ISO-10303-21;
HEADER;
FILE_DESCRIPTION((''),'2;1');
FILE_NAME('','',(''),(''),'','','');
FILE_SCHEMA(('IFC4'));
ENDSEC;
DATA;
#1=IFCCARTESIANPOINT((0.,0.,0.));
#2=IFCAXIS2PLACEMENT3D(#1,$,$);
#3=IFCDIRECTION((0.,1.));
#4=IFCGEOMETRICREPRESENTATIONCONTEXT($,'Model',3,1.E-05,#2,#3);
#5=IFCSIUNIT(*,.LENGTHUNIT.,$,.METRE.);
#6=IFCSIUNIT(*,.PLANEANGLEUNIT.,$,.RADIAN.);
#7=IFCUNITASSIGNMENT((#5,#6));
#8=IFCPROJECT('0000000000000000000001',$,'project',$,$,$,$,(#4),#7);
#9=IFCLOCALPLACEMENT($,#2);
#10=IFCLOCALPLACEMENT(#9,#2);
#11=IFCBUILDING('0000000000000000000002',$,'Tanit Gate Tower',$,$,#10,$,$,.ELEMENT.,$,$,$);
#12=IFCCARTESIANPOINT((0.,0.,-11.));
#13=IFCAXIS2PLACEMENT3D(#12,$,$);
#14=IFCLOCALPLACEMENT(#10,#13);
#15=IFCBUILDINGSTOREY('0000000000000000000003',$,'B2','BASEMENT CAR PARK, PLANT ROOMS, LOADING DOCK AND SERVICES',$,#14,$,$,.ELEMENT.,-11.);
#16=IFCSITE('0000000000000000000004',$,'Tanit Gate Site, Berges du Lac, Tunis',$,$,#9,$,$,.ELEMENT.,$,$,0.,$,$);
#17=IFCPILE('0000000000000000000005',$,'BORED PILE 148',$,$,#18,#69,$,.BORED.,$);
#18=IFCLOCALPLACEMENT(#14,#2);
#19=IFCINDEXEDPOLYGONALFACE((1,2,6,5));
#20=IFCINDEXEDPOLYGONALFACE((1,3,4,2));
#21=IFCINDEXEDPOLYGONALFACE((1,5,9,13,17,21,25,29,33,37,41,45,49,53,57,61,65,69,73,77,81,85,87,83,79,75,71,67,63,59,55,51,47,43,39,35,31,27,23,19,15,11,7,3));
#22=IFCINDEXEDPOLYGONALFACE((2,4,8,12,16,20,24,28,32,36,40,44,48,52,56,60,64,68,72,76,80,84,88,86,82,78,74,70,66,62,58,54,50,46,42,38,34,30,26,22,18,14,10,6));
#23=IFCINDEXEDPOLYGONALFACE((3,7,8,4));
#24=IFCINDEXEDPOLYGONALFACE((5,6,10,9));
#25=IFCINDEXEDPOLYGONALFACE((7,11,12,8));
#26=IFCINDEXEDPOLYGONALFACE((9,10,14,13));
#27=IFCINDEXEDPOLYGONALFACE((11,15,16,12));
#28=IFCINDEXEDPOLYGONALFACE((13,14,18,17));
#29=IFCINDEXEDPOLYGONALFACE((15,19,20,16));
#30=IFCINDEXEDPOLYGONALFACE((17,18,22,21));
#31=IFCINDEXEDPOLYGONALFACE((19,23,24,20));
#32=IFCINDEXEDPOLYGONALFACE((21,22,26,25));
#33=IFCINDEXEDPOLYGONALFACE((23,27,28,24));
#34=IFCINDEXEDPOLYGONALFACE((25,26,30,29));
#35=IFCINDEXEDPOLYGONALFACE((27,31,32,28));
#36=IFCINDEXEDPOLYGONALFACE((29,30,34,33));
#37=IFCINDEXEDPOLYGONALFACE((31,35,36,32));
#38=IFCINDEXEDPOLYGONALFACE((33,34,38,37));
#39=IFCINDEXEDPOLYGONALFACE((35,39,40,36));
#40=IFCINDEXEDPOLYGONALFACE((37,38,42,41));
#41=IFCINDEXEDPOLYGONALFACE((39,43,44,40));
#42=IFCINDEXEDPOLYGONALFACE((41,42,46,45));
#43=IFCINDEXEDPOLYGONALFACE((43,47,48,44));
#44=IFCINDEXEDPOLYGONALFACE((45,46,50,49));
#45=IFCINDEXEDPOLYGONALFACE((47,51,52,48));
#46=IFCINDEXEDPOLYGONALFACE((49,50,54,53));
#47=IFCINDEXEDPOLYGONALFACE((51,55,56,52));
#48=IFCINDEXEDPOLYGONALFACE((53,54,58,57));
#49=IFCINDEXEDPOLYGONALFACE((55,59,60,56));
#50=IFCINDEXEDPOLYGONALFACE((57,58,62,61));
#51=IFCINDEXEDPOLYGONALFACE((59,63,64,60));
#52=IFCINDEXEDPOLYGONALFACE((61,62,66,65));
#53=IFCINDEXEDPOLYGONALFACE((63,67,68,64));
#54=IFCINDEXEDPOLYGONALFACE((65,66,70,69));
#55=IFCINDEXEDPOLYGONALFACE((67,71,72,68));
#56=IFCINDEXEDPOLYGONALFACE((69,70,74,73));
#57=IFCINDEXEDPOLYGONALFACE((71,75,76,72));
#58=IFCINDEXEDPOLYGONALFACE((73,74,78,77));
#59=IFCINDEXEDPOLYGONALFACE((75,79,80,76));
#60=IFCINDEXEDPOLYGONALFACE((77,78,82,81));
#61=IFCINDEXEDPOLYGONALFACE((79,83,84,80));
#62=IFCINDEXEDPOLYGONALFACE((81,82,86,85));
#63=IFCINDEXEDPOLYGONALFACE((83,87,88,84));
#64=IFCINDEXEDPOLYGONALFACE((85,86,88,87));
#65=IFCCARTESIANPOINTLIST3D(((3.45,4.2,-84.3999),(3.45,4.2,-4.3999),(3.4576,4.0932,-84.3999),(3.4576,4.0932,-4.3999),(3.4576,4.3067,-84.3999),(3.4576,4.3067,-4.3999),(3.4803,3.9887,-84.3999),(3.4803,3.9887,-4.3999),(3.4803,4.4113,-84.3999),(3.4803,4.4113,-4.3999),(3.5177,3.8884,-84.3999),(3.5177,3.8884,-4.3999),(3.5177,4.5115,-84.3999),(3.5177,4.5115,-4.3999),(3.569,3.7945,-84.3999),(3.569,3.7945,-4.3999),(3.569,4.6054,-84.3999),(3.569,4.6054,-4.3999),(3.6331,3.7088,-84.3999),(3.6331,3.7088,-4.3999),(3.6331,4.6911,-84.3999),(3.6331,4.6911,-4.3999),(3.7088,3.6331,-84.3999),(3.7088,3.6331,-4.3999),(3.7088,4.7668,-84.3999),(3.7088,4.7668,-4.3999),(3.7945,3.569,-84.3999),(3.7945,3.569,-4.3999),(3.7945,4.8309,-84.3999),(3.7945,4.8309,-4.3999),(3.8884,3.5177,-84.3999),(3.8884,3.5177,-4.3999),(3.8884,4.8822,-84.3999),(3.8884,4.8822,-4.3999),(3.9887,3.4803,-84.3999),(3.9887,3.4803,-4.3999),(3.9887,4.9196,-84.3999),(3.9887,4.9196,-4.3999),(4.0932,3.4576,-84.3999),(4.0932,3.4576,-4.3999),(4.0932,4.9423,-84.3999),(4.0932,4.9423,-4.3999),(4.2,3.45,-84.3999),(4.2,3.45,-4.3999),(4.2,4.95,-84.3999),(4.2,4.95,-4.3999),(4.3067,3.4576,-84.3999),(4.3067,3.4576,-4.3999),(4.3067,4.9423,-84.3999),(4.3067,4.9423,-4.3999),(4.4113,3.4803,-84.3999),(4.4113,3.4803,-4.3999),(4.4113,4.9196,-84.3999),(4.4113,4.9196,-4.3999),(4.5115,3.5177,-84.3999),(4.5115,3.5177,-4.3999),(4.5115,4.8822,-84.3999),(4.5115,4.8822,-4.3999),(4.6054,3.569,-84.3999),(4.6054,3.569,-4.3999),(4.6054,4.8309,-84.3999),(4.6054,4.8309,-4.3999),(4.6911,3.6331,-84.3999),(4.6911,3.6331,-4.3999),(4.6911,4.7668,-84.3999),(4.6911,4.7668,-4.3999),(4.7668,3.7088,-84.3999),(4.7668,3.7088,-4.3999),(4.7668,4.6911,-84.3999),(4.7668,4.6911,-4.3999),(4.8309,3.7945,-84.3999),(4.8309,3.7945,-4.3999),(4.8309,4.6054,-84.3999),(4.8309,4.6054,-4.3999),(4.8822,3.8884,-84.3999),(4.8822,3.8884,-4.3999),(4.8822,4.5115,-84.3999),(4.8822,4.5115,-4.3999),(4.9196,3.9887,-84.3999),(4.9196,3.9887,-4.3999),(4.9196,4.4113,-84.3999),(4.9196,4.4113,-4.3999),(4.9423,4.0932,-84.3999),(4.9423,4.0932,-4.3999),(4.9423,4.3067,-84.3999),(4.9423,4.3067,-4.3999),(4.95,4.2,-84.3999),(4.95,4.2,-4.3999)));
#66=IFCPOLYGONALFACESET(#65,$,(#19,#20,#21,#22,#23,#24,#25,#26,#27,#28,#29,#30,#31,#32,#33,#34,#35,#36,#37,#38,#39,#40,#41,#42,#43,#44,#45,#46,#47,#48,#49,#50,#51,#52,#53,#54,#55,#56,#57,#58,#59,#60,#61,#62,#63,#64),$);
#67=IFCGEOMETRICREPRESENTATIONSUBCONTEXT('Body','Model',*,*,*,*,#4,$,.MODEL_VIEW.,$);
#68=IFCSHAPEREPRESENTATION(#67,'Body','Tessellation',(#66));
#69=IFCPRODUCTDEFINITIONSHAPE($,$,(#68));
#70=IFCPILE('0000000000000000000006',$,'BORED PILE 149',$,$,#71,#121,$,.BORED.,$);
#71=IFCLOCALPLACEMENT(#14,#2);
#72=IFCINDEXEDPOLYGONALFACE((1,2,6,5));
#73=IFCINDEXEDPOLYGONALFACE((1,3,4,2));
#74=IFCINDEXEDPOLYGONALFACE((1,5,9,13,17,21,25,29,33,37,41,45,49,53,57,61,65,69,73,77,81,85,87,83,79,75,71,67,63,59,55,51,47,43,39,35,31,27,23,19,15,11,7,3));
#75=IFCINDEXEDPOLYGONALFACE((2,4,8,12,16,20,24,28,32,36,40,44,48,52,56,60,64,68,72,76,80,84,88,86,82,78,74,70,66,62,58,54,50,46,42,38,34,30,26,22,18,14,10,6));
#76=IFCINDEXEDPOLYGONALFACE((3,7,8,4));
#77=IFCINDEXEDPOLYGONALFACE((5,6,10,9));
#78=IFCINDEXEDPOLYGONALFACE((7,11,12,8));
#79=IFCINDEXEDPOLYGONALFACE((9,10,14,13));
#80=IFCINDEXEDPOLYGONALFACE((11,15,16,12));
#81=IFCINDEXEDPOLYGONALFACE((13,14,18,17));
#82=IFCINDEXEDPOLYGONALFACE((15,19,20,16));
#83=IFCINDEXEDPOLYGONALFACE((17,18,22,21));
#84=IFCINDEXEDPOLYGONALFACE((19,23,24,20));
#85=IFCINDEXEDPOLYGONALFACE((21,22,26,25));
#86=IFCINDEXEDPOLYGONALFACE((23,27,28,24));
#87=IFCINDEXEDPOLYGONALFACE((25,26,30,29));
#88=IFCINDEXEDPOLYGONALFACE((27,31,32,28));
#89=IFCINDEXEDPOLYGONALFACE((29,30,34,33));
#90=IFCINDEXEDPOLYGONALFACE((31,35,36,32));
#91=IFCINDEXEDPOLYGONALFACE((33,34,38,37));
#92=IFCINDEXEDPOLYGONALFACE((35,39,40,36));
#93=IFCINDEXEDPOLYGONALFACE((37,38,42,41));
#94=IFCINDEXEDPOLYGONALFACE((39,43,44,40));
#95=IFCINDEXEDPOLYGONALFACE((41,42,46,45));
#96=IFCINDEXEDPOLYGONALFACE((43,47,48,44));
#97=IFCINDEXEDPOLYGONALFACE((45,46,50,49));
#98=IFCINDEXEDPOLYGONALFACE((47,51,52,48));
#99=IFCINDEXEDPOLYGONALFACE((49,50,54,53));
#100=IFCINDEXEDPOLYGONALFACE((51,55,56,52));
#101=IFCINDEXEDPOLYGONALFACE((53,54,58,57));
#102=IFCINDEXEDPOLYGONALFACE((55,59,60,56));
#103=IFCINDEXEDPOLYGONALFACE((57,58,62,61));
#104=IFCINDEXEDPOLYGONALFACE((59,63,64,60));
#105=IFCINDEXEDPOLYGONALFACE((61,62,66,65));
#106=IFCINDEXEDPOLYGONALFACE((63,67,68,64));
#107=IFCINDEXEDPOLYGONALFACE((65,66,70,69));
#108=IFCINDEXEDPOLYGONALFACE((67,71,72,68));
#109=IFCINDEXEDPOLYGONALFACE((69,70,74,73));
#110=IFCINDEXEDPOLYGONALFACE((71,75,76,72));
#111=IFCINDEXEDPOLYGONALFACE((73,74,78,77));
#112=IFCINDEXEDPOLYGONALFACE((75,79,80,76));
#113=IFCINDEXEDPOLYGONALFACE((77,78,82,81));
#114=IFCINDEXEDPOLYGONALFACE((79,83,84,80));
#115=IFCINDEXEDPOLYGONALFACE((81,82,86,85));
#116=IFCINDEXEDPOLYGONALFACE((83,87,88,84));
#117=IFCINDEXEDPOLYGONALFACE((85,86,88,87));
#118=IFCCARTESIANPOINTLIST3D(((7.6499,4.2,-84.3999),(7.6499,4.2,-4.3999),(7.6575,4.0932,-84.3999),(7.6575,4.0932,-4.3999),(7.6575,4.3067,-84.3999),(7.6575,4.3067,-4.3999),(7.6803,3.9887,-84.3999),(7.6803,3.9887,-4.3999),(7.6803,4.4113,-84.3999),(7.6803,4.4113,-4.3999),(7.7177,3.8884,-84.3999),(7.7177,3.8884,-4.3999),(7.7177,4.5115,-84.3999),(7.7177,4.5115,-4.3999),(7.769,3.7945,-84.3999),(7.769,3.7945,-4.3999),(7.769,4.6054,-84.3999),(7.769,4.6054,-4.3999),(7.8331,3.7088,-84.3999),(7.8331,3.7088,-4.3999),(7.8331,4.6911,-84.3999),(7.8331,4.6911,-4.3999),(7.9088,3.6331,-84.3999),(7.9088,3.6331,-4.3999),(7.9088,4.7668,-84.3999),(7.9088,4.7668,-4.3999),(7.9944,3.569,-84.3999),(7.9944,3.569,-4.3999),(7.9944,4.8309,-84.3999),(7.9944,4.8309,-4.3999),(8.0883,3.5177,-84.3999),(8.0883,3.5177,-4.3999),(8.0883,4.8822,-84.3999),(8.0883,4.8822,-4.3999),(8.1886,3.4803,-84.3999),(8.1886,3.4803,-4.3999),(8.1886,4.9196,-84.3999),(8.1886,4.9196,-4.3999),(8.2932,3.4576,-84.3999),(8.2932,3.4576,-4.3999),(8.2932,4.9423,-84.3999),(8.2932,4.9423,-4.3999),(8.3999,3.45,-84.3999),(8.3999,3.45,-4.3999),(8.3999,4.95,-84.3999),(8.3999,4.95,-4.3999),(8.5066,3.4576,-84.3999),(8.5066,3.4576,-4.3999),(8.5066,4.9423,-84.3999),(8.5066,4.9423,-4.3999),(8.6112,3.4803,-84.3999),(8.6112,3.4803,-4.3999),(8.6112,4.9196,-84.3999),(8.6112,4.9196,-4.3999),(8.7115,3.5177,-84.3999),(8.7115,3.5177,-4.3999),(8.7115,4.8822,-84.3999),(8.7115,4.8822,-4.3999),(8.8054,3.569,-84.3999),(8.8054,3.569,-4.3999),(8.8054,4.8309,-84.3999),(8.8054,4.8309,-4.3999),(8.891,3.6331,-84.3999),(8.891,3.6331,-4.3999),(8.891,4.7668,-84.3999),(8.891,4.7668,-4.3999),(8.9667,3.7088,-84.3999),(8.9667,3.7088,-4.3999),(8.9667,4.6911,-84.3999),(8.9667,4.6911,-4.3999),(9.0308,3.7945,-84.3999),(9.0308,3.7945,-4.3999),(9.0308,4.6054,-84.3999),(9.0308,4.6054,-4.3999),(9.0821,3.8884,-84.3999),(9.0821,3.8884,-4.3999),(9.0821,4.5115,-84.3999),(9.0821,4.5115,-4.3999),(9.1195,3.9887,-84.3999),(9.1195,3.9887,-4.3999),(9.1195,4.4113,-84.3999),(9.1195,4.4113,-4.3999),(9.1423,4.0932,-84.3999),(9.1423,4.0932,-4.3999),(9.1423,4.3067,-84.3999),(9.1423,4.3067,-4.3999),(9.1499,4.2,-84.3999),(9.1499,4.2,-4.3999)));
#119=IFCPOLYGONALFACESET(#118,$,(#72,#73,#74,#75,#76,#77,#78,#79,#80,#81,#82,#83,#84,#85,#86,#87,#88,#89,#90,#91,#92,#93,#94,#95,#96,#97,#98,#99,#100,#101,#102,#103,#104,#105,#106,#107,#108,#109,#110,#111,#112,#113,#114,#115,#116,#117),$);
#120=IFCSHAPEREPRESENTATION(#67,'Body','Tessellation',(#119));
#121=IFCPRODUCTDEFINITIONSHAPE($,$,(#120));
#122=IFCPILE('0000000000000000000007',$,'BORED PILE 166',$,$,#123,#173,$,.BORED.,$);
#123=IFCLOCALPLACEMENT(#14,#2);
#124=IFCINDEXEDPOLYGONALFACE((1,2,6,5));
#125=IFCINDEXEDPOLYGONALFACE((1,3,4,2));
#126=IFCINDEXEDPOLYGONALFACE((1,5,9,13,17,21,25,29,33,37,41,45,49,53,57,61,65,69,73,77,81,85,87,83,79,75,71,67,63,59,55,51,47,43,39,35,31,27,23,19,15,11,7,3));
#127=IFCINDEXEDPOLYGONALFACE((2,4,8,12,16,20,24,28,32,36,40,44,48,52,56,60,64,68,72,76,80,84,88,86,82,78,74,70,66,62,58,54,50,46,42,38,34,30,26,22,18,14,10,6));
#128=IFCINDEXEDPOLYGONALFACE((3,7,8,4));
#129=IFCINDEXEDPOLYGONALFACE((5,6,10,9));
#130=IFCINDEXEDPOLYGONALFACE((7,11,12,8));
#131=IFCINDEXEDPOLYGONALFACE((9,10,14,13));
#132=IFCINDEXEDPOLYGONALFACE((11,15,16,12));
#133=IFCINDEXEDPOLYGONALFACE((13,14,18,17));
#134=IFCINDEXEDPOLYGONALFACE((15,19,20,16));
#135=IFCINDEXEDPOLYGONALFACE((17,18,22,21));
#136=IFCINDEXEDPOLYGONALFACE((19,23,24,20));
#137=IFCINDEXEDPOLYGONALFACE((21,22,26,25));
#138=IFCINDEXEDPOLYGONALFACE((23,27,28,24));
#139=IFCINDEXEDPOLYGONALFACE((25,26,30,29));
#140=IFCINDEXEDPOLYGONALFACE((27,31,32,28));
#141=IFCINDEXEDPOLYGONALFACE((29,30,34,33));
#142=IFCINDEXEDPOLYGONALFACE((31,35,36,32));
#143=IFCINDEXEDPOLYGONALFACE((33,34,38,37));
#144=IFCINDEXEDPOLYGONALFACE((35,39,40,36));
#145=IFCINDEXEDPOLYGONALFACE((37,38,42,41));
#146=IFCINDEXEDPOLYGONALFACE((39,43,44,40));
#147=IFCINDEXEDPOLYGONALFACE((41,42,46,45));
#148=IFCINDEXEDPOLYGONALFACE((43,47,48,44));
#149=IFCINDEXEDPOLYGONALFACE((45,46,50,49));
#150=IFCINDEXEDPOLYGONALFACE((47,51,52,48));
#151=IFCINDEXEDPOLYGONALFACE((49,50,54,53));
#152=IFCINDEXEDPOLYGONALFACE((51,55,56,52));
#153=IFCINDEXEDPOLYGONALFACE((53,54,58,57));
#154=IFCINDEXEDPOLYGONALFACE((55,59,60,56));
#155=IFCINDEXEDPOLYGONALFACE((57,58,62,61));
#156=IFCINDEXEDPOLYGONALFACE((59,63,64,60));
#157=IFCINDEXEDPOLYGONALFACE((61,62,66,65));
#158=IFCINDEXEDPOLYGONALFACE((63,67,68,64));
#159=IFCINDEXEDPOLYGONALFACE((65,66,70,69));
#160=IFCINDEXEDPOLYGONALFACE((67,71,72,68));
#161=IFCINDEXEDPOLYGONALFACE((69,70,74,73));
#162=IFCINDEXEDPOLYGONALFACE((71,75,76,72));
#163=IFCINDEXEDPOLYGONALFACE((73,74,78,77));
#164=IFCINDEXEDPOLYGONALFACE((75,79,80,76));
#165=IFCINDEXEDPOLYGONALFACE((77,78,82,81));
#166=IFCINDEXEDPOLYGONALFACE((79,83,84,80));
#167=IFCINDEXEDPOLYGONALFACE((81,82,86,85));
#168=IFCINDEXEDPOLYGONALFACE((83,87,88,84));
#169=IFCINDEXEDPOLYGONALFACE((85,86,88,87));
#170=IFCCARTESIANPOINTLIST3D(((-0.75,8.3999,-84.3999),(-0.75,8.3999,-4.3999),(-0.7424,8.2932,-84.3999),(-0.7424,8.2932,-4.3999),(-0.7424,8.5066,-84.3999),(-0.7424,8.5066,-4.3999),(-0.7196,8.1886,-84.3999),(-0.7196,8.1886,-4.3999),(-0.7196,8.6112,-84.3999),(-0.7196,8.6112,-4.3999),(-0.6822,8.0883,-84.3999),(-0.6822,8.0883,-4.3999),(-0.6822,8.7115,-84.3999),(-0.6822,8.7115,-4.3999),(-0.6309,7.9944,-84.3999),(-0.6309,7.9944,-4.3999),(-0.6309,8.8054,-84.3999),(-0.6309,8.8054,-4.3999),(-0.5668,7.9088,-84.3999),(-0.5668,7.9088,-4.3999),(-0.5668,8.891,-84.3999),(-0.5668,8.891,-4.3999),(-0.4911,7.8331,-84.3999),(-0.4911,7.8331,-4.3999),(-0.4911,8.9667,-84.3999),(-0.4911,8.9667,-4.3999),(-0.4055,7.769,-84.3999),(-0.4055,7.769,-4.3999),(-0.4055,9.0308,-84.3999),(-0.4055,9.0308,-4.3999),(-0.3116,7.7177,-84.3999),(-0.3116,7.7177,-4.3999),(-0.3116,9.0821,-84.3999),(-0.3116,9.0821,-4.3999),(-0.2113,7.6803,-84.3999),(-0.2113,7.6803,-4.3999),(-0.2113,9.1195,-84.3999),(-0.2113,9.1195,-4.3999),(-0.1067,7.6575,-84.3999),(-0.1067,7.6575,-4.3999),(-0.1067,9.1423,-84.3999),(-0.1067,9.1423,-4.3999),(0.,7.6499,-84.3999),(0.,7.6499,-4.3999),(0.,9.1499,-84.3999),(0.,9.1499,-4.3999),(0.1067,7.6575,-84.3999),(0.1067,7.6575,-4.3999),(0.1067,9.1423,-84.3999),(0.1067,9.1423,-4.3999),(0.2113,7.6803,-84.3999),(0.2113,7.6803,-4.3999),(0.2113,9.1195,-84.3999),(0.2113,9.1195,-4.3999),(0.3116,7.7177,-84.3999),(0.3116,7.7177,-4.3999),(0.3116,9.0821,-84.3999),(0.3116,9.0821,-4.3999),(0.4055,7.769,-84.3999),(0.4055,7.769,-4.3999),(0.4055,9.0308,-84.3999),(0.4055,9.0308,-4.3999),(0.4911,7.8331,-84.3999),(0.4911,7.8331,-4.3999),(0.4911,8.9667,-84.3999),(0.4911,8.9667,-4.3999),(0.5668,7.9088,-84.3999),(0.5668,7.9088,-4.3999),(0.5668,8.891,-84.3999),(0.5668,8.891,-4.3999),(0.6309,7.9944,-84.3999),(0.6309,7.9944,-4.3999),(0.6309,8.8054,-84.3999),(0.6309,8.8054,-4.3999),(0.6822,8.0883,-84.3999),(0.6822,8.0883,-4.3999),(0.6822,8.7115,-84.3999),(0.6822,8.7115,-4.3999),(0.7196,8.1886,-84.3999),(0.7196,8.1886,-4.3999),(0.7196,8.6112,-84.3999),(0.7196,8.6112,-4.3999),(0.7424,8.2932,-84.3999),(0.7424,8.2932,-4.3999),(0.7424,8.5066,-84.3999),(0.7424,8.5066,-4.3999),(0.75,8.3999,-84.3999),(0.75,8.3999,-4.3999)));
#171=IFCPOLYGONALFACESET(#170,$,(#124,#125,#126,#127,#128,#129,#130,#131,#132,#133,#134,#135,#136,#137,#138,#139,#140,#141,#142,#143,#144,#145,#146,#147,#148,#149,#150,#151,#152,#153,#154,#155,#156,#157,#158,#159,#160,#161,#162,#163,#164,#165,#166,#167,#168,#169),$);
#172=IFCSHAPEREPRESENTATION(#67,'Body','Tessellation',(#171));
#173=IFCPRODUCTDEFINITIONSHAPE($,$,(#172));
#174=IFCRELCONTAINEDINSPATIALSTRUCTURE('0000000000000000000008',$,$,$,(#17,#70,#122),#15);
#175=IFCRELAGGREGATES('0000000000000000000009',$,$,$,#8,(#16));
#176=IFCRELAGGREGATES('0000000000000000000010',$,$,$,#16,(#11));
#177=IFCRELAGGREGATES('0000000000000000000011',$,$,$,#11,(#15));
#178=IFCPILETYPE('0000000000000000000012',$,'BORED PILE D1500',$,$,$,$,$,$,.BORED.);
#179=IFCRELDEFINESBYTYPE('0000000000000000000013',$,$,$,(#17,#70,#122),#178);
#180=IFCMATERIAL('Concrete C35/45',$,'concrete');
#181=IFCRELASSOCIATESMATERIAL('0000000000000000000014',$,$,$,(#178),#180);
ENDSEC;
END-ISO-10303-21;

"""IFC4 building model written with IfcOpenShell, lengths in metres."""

from ifc_helpers import new_model, si_unit, direction, frame, origin, origin_2d, place, context, subcontext, project, spatial, circle, extrude, material, material_profile, profile_set, type_object, element, save


model = new_model("IFC4")

# Units and contexts
model_context = context("Model", 3, precision=1e-05, world=origin(), true_north=direction((0.0, 1.0)))
body_context = subcontext(model_context, "Body", "Model", "MODEL_VIEW")
ifc_project = project(units=[si_unit("LENGTHUNIT", "METRE"), si_unit("PLANEANGLEUNIT", "RADIAN")], contexts=[model_context])

# Site, building, storey
site_placement = place(None, origin())
site = spatial("IfcSite", under=ifc_project, at=site_placement, Name="Tanit Gate Site, Berges du Lac, Tunis", CompositionType="ELEMENT", RefElevation=0.0)
building_placement = place(site_placement, origin())
building = spatial("IfcBuilding", under=site, at=building_placement, Name="Tanit Gate Tower", CompositionType="ELEMENT")
storey_placement = place(building_placement, frame((0.0, 0.0, -11.0)))
storey = spatial("IfcBuildingStorey", under=building, at=storey_placement, Name="B2", Description="BASEMENT CAR PARK, PLANT ROOMS, LOADING DOCK AND SERVICES", CompositionType="ELEMENT", Elevation=-11.0)

# Piles
ifc_material_1 = material(Name="Concrete C35/45", Category="concrete")
ifc_material_profile_1 = material_profile(ifc_material_1, circle(Radius=0.75, at=origin_2d()), Name="BORED PILE D1500 C35/45")
ifc_profile_set_1 = profile_set([ifc_material_profile_1], Name="Concrete C35/45")
pile_type = type_object("IfcPileType", Name="BORED PILE D1500", PredefinedType="BORED", material=ifc_profile_set_1)
for number, where, z_axis, x_axis, name in (
    (1, (4.2, 4.2, -4.3999), (0.0, 0.0, -1.0), (1.0, 0.0, 0.0), "BORED PILE 148"),
    (2, (8.3999, 4.2, -4.3999), (0.0, 0.0, -1.0), (1.0, 0.0, 0.0), "BORED PILE 149"),
    (3, (0.0, 8.3999, -4.3999), (0.0, 0.0, -1.0), (1.0, 0.0, 0.0), "BORED PILE 166"),
):
    element("IfcPile", number, at=place(storey_placement, frame(where, z_axis=z_axis, x_axis=x_axis)), inside=storey, type_object=pile_type, Name=name, PredefinedType="BORED", context=body_context, shape_type="SweptSolid", body=[
        extrude(circle(Radius=0.75, at=origin_2d()), origin(), (0.0, 0.0, 1.0), 80.0),
    ])

save(model, "model.ifc")
